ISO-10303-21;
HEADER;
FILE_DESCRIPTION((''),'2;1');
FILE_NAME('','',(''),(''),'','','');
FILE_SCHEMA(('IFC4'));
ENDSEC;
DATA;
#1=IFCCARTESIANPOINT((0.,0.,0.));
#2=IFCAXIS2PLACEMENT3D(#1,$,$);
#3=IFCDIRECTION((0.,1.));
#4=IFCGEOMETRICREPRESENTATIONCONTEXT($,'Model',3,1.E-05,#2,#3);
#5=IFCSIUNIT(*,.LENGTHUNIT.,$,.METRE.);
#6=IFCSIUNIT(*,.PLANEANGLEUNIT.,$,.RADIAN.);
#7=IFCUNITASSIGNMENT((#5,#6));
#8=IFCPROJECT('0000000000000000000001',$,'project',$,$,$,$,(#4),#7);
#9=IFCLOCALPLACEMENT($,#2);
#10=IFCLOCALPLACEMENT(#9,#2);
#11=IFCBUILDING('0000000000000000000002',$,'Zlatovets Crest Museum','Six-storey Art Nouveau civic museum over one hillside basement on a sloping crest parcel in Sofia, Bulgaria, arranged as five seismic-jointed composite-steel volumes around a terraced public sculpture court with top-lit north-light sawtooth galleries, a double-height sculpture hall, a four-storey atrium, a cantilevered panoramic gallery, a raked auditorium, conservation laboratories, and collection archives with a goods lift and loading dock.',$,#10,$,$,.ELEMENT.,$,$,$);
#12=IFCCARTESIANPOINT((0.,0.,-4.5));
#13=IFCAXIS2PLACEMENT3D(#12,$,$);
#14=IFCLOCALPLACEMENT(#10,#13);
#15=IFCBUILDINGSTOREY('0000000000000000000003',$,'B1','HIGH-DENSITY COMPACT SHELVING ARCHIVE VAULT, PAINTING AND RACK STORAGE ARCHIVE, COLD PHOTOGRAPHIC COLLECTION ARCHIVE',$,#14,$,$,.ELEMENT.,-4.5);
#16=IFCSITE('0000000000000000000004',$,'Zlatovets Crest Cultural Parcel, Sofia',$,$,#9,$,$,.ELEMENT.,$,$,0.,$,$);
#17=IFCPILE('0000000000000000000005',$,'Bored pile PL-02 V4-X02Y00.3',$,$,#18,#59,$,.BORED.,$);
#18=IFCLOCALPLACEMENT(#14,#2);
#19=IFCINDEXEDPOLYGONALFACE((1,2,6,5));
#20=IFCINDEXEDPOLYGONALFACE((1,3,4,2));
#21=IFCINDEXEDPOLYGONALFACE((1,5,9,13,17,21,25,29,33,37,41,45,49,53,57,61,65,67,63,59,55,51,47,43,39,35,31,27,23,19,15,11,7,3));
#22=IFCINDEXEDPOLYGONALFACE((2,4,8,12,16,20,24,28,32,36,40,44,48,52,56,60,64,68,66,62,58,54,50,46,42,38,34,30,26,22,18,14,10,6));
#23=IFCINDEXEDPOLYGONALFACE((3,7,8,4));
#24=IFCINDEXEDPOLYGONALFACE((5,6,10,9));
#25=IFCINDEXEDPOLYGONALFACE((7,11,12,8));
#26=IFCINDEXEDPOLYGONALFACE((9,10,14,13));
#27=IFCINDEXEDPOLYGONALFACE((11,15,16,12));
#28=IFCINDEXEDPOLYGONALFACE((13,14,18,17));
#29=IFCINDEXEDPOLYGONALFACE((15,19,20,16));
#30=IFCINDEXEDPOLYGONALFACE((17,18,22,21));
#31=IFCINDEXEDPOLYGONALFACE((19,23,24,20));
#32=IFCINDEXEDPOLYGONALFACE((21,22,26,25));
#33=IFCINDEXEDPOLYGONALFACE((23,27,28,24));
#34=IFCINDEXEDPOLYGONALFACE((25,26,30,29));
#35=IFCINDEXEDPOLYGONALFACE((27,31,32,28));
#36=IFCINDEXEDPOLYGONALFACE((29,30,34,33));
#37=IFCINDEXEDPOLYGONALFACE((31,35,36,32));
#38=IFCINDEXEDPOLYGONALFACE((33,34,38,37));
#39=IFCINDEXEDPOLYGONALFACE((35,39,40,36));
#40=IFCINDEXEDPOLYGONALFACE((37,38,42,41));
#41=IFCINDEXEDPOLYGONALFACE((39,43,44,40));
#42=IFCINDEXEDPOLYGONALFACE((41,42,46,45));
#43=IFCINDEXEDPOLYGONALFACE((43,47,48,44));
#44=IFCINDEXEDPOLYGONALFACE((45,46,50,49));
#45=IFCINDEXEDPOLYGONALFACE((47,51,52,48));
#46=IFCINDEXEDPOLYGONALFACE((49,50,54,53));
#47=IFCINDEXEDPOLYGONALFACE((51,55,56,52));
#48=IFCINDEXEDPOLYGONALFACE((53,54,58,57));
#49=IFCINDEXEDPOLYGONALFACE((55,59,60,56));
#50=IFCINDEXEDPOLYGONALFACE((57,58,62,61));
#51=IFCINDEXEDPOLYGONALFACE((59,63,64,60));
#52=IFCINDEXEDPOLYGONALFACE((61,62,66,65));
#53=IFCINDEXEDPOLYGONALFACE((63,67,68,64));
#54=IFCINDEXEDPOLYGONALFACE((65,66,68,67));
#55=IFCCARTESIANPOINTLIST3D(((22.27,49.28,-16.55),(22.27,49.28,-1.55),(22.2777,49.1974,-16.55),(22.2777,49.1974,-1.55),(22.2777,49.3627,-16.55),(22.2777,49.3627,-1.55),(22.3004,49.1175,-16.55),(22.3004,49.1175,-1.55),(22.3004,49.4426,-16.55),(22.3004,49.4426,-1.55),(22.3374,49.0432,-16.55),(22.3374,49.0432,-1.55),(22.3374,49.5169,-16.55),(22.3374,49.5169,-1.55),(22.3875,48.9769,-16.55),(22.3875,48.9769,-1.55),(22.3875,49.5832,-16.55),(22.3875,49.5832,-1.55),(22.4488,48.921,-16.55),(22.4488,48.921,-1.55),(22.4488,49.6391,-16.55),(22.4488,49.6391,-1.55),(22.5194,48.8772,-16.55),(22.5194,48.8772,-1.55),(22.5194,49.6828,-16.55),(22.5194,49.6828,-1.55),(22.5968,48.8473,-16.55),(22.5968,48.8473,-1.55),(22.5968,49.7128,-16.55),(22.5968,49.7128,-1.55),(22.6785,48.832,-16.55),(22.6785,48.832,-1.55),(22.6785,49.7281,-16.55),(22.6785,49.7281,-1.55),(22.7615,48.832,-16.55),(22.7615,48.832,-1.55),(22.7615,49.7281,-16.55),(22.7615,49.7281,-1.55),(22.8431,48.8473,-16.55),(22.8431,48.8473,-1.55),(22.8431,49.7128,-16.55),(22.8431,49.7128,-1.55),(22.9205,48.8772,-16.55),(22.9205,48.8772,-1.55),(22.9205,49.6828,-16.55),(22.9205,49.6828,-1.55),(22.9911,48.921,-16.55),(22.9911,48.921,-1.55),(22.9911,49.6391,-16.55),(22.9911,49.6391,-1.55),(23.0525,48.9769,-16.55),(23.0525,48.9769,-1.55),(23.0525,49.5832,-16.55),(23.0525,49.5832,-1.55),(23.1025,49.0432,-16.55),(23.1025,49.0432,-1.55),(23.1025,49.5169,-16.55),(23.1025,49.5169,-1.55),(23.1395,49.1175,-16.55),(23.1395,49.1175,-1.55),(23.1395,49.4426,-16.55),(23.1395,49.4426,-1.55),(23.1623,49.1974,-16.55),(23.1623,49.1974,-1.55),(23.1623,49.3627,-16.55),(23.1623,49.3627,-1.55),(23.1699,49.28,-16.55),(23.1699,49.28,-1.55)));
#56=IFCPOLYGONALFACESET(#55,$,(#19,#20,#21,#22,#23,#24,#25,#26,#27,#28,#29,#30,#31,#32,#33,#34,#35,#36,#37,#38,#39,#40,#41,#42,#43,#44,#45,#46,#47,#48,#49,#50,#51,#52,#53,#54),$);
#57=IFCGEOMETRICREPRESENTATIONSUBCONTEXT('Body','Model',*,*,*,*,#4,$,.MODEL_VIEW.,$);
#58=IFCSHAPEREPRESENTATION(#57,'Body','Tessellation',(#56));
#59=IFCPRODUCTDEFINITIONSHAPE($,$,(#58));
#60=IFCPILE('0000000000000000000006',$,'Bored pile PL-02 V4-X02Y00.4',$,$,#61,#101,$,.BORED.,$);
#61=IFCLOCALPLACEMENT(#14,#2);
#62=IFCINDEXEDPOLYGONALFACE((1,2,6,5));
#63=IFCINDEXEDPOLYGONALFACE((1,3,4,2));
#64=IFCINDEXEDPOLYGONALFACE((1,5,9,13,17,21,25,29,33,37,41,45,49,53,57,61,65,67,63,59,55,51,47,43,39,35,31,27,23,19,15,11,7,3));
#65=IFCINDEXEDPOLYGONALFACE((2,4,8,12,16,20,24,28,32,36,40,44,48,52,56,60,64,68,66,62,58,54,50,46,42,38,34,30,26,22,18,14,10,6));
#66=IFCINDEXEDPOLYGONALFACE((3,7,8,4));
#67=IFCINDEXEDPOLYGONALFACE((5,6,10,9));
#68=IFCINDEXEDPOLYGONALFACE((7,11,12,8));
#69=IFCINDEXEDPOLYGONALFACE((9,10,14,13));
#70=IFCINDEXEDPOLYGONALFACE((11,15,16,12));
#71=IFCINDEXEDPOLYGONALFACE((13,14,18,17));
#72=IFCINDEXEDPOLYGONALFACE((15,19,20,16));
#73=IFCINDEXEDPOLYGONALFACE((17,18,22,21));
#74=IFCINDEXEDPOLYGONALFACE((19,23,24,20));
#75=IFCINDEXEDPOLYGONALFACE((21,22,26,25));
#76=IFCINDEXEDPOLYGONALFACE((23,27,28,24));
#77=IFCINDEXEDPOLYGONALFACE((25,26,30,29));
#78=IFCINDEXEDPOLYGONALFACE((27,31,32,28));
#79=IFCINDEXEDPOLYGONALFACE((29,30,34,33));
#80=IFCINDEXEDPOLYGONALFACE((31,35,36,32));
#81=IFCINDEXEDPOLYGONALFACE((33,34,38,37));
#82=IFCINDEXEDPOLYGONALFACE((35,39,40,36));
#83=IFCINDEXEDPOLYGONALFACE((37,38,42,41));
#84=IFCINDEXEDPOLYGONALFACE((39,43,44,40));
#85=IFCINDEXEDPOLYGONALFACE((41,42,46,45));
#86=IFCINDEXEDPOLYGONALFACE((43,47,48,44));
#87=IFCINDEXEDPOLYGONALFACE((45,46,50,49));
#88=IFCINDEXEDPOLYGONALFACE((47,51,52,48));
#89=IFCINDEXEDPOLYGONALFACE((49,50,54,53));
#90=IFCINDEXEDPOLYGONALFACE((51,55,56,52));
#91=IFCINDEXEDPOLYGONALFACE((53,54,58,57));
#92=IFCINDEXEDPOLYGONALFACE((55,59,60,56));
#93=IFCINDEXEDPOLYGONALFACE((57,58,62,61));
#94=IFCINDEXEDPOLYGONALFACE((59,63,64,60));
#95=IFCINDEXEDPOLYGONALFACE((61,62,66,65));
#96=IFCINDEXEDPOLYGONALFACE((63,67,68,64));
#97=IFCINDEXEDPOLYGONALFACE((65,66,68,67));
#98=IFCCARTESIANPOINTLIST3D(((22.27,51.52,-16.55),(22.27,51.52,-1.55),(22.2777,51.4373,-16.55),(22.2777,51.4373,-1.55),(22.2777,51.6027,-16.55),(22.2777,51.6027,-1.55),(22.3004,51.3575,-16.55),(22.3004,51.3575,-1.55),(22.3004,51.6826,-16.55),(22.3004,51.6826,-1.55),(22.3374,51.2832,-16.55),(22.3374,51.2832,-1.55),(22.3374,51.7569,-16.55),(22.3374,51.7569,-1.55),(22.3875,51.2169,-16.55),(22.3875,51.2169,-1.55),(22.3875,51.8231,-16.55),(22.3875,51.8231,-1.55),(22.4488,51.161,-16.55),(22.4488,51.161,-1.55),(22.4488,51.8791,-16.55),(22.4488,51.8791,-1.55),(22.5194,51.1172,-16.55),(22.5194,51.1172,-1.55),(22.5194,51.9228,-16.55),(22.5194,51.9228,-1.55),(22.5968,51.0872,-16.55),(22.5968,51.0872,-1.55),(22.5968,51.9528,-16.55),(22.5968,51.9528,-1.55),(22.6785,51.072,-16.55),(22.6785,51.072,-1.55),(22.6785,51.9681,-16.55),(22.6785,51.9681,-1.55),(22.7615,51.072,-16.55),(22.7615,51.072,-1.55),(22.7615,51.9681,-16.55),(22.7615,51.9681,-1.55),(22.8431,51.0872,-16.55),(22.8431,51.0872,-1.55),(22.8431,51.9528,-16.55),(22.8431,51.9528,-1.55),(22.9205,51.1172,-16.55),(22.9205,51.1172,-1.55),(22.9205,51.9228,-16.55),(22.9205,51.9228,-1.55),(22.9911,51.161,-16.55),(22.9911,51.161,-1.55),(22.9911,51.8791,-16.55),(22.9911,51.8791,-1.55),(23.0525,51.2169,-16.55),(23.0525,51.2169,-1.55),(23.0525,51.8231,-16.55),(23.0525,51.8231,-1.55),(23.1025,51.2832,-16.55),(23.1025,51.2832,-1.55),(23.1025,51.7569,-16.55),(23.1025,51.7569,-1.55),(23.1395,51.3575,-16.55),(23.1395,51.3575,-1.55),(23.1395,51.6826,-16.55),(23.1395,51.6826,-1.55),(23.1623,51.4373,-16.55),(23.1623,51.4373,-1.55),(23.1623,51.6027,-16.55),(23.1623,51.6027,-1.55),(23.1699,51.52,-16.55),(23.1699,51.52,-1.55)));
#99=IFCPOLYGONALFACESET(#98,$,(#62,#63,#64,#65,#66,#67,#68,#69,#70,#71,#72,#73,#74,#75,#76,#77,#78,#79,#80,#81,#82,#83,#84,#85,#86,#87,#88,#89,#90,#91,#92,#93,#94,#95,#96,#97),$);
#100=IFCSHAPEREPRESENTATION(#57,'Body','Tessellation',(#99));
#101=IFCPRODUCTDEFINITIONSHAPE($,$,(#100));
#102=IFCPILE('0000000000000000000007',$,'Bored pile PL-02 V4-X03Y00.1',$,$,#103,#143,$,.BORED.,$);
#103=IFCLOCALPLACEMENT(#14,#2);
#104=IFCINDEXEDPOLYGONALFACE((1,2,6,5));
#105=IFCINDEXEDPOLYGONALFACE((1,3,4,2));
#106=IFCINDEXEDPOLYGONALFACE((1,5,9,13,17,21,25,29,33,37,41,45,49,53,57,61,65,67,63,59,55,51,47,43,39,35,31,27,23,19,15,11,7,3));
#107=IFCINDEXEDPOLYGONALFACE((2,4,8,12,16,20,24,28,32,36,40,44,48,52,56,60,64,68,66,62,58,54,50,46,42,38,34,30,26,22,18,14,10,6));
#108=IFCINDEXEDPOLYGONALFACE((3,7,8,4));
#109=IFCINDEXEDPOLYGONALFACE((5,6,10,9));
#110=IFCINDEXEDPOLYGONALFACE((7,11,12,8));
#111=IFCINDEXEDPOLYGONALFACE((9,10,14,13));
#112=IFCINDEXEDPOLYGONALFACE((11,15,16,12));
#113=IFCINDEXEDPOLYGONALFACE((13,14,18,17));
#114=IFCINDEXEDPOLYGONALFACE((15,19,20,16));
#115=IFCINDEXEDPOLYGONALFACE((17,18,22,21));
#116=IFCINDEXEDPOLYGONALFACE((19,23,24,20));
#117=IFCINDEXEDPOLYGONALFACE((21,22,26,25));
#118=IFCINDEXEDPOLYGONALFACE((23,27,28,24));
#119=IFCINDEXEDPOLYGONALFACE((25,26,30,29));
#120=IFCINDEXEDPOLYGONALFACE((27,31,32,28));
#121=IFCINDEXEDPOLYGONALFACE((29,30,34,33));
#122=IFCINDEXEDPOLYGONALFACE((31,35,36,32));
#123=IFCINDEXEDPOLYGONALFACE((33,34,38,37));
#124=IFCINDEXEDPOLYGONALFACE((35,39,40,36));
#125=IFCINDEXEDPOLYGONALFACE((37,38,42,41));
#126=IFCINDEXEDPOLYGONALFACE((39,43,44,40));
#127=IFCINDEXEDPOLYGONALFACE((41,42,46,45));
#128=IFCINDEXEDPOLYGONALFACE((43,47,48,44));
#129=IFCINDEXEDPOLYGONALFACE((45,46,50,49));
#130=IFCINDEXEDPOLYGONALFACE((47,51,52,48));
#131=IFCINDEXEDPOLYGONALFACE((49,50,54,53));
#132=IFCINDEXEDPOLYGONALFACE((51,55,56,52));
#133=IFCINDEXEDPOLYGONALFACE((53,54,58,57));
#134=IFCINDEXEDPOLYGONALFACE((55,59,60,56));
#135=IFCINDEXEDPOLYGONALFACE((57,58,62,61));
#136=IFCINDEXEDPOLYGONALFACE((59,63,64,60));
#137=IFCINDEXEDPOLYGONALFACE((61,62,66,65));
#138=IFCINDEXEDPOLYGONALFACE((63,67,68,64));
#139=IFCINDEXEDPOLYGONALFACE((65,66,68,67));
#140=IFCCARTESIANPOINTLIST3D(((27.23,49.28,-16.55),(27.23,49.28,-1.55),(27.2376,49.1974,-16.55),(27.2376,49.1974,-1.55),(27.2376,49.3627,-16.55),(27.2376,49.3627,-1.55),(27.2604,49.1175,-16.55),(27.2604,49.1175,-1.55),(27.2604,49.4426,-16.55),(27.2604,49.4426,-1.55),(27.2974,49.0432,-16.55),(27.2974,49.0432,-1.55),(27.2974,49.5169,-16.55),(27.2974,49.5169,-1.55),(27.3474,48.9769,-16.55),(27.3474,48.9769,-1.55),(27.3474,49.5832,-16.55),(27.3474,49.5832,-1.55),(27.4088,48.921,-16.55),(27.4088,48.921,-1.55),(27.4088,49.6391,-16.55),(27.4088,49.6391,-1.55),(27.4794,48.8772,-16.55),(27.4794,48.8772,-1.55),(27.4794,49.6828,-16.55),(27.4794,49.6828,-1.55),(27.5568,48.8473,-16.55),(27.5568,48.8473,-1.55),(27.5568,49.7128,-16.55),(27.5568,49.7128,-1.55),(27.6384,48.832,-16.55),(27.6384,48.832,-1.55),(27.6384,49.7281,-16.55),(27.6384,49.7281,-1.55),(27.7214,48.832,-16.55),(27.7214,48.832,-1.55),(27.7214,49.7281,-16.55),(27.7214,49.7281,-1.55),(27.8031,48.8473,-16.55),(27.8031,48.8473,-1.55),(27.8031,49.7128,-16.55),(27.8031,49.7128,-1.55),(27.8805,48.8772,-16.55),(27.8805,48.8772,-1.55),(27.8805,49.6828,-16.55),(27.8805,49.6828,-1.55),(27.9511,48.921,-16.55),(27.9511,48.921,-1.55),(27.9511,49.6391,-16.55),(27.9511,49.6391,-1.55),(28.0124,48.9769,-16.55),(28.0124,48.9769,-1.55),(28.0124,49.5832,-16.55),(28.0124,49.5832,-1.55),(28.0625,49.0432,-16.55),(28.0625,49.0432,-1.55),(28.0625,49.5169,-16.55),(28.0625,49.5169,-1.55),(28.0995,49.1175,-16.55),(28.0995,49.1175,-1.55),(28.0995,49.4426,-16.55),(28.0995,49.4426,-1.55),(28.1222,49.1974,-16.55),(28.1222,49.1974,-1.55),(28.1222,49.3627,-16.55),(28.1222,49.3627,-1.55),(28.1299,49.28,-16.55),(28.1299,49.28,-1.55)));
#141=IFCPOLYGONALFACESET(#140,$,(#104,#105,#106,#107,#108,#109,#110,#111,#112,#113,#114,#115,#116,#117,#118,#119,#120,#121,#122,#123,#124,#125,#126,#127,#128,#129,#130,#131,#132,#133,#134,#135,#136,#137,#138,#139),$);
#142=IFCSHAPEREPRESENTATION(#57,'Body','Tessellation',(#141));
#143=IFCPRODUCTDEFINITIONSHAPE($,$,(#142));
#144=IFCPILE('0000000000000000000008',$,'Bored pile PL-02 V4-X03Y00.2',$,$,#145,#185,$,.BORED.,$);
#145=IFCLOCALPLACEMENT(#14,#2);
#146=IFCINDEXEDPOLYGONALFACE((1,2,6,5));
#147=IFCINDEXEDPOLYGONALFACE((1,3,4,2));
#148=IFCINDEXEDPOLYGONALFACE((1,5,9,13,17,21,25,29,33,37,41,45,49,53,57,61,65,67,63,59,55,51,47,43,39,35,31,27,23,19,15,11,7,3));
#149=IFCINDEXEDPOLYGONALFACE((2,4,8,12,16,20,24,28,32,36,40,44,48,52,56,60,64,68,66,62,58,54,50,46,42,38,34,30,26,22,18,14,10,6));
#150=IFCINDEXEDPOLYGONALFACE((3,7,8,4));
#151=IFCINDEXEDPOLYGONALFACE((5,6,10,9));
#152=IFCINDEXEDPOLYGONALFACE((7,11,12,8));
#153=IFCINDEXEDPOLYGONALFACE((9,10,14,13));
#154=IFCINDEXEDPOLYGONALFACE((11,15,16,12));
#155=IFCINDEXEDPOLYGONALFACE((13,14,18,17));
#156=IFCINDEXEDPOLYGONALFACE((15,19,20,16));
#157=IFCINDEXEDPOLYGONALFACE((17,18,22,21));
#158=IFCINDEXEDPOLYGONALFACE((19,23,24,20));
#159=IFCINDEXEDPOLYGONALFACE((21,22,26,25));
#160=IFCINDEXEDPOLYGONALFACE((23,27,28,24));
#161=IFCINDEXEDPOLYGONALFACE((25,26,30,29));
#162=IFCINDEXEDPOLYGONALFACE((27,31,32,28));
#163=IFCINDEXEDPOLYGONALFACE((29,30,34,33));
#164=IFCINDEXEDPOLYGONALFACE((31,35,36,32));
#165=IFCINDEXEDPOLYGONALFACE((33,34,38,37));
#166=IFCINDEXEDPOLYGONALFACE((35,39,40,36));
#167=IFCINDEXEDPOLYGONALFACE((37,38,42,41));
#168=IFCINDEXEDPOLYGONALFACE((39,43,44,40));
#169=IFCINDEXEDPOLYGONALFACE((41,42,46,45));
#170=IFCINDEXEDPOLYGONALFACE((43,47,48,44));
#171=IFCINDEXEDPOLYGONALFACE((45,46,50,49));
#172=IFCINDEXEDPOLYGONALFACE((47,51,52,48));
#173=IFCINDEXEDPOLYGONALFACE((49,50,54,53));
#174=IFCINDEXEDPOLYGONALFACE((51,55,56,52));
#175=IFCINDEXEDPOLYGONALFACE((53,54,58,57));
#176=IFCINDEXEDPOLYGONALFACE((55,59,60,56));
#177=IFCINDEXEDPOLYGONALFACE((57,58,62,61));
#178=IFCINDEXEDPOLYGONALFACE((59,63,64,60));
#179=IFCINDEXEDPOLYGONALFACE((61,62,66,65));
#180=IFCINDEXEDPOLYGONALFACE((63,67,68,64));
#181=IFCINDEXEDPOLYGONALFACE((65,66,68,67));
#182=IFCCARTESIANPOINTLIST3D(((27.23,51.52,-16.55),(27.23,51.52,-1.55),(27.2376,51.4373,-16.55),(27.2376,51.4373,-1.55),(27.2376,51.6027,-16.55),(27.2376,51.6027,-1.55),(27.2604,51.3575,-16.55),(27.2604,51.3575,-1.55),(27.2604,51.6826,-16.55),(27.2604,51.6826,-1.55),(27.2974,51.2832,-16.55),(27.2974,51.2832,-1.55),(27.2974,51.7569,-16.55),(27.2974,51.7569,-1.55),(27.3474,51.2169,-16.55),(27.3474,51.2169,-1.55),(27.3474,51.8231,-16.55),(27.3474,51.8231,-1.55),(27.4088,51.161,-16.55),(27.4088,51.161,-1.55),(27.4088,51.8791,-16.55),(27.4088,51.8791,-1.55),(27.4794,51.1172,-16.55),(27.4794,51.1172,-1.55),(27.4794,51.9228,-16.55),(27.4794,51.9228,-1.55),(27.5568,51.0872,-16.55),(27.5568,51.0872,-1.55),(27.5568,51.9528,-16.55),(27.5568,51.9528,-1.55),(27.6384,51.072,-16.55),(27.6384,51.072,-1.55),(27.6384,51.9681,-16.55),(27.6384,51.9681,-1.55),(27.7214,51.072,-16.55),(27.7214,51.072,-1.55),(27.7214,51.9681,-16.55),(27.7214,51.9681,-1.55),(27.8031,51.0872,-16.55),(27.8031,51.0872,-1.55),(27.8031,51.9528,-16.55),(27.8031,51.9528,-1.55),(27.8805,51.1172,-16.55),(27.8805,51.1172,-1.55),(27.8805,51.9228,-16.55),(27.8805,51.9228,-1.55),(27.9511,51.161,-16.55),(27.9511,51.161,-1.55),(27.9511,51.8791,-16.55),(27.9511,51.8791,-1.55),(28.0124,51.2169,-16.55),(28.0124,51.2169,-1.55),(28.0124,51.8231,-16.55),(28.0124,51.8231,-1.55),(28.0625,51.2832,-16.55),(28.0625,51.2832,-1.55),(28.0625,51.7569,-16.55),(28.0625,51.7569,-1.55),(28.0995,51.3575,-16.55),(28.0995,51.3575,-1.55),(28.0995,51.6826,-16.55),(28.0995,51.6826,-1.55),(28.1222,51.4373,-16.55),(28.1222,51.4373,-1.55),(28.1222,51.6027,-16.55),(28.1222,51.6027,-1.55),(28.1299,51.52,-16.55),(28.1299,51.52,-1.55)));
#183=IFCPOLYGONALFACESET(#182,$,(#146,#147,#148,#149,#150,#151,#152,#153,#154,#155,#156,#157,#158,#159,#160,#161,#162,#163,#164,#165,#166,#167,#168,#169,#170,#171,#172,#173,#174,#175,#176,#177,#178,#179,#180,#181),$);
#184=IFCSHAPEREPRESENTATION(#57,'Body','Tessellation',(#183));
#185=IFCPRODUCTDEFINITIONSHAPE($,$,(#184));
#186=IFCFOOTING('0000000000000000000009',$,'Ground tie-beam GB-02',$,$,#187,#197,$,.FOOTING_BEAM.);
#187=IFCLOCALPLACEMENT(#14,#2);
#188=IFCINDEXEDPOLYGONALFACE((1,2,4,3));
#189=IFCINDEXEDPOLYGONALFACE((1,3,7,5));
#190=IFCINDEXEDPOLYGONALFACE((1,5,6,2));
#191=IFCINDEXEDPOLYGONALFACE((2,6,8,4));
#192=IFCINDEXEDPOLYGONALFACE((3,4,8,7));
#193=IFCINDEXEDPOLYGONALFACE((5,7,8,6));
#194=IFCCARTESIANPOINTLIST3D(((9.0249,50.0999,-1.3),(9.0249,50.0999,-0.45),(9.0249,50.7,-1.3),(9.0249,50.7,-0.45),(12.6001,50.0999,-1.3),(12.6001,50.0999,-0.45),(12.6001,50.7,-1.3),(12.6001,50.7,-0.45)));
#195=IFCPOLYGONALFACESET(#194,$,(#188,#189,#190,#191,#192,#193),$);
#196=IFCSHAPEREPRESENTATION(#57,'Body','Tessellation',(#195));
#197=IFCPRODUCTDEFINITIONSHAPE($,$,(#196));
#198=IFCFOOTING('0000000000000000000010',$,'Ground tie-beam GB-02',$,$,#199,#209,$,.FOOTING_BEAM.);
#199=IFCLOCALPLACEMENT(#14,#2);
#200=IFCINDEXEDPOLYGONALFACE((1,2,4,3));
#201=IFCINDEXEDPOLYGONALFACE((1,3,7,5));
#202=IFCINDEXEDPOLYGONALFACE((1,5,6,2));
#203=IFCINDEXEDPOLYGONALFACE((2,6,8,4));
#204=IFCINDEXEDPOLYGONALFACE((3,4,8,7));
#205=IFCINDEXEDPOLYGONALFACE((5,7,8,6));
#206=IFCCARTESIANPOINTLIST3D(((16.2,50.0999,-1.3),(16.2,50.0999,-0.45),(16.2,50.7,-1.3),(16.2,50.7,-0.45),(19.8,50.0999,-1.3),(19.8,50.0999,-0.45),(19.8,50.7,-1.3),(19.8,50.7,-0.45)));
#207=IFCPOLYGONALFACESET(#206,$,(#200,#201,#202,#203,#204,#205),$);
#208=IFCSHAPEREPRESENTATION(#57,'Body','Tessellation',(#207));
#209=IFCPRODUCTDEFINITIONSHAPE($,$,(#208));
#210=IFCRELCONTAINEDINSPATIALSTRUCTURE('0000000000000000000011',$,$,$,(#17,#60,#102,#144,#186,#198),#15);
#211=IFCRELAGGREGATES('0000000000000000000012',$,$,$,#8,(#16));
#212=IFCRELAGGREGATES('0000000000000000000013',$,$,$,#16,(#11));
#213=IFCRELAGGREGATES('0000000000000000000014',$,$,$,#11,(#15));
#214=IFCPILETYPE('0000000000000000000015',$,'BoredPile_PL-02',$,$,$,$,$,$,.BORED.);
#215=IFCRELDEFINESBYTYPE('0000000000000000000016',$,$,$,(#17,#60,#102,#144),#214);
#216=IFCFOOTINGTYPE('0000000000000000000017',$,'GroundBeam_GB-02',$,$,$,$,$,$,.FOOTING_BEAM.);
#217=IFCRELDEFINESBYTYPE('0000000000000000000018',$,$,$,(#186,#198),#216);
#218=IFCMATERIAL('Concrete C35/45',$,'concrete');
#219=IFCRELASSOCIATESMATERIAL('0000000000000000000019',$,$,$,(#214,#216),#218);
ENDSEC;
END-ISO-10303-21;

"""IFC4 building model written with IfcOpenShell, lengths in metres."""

from ifc_helpers import new_model, si_unit, direction, frame, origin, origin_2d, place, context, subcontext, project, spatial, rectangle, circle, extrude, material, material_profile, profile_set, type_object, element, save


model = new_model("IFC4")

# Units and contexts
model_context = context("Model", 3, precision=1e-05, world=origin(), true_north=direction((0.0, 1.0)))
body_context = subcontext(model_context, "Body", "Model", "MODEL_VIEW")
ifc_project = project(units=[si_unit("LENGTHUNIT", "METRE"), si_unit("PLANEANGLEUNIT", "RADIAN")], contexts=[model_context])

# Site, building, storey
site_placement = place(None, origin())
site = spatial("IfcSite", under=ifc_project, at=site_placement, Name="Zlatovets Crest Cultural Parcel, Sofia", CompositionType="ELEMENT", RefElevation=0.0)
building_placement = place(site_placement, origin())
building = spatial("IfcBuilding", under=site, at=building_placement, Name="Zlatovets Crest Museum", Description="Six-storey Art Nouveau civic museum over one hillside basement on a sloping crest parcel in Sofia, Bulgaria, arranged as five seismic-jointed composite-steel volumes around a terraced public sculpture court with top-lit north-light sawtooth galleries, a double-height sculpture hall, a four-storey atrium, a cantilevered panoramic gallery, a raked auditorium, conservation laboratories, and collection archives with a goods lift and loading dock.", CompositionType="ELEMENT")
storey_placement = place(building_placement, frame((0.0, 0.0, -4.5)))
storey = spatial("IfcBuildingStorey", under=building, at=storey_placement, Name="B1", Description="HIGH-DENSITY COMPACT SHELVING ARCHIVE VAULT, PAINTING AND RACK STORAGE ARCHIVE, COLD PHOTOGRAPHIC COLLECTION ARCHIVE", CompositionType="ELEMENT", Elevation=-4.5)

# Piles
ifc_material_1 = material(Name="Concrete C35/45", Category="concrete")
ifc_material_profile_1 = material_profile(ifc_material_1, circle(Radius=0.45, at=origin_2d()), Name="PILE D900")
ifc_profile_set_1 = profile_set([ifc_material_profile_1], Name="Concrete C35/45")
pile_type_1 = type_object("IfcPileType", Name="BoredPile_PL-02", PredefinedType="BORED", material=ifc_profile_set_1)
for number, where, z_axis, x_axis, name in (
    (1, (22.72, 49.28, -1.55), (0.0, 0.0, -1.0), (1.0, 0.0, 0.0), "Bored pile PL-02 V4-X02Y00.3"),
    (2, (22.72, 51.52, -1.55), (0.0, 0.0, -1.0), (1.0, 0.0, 0.0), "Bored pile PL-02 V4-X02Y00.4"),
    (3, (27.6799, 49.28, -1.55), (0.0, 0.0, -1.0), (1.0, 0.0, 0.0), "Bored pile PL-02 V4-X03Y00.1"),
    (4, (27.6799, 51.52, -1.55), (0.0, 0.0, -1.0), (1.0, 0.0, 0.0), "Bored pile PL-02 V4-X03Y00.2"),
):
    element("IfcPile", number, at=place(storey_placement, frame(where, z_axis=z_axis, x_axis=x_axis)), inside=storey, type_object=pile_type_1, Name=name, PredefinedType="BORED", context=body_context, shape_type="SweptSolid", body=[
        extrude(circle(Radius=0.45, at=origin_2d()), origin(), (0.0, 0.0, 1.0), 15.0),
    ])

# Footings
ifc_material_profile_2 = material_profile(ifc_material_1, rectangle(XDim=0.6001, YDim=0.8501, at=origin_2d()), Name="RC 600x850")
ifc_profile_set_2 = profile_set([ifc_material_profile_2], Name="Concrete C35/45")
footing_type_1 = type_object("IfcFootingType", Name="GroundBeam_GB-02", PredefinedType="FOOTING_BEAM", material=ifc_profile_set_2)
footing_1_placement = place(storey_placement, frame((9.0249, 50.3999, -0.875), z_axis=(1.0, 0.0, 0.0), x_axis=(0.0, 1.0, 0.0)))
element("IfcFooting", 5, at=footing_1_placement, inside=storey, type_object=footing_type_1, Name="Ground tie-beam GB-02", PredefinedType="FOOTING_BEAM", context=body_context, shape_type="SweptSolid", body=[
    extrude(rectangle(XDim=0.6001, YDim=0.8501, at=origin_2d()), origin(), (0.0, 0.0, 1.0), 3.5752),
])
for number, where, z_axis, x_axis, name in (
    (6, (16.2, 50.3999, -0.875), (1.0, 0.0, 0.0), (0.0, 1.0, 0.0), "Ground tie-beam GB-02"),
):
    element("IfcFooting", number, at=place(storey_placement, frame(where, z_axis=z_axis, x_axis=x_axis)), inside=storey, type_object=footing_type_1, Name=name, PredefinedType="FOOTING_BEAM", context=body_context, shape_type="SweptSolid", body=[
        extrude(rectangle(XDim=0.6001, YDim=0.8501, at=origin_2d()), origin(), (0.0, 0.0, 1.0), 3.6001),
    ])

save(model, "model.ifc")
